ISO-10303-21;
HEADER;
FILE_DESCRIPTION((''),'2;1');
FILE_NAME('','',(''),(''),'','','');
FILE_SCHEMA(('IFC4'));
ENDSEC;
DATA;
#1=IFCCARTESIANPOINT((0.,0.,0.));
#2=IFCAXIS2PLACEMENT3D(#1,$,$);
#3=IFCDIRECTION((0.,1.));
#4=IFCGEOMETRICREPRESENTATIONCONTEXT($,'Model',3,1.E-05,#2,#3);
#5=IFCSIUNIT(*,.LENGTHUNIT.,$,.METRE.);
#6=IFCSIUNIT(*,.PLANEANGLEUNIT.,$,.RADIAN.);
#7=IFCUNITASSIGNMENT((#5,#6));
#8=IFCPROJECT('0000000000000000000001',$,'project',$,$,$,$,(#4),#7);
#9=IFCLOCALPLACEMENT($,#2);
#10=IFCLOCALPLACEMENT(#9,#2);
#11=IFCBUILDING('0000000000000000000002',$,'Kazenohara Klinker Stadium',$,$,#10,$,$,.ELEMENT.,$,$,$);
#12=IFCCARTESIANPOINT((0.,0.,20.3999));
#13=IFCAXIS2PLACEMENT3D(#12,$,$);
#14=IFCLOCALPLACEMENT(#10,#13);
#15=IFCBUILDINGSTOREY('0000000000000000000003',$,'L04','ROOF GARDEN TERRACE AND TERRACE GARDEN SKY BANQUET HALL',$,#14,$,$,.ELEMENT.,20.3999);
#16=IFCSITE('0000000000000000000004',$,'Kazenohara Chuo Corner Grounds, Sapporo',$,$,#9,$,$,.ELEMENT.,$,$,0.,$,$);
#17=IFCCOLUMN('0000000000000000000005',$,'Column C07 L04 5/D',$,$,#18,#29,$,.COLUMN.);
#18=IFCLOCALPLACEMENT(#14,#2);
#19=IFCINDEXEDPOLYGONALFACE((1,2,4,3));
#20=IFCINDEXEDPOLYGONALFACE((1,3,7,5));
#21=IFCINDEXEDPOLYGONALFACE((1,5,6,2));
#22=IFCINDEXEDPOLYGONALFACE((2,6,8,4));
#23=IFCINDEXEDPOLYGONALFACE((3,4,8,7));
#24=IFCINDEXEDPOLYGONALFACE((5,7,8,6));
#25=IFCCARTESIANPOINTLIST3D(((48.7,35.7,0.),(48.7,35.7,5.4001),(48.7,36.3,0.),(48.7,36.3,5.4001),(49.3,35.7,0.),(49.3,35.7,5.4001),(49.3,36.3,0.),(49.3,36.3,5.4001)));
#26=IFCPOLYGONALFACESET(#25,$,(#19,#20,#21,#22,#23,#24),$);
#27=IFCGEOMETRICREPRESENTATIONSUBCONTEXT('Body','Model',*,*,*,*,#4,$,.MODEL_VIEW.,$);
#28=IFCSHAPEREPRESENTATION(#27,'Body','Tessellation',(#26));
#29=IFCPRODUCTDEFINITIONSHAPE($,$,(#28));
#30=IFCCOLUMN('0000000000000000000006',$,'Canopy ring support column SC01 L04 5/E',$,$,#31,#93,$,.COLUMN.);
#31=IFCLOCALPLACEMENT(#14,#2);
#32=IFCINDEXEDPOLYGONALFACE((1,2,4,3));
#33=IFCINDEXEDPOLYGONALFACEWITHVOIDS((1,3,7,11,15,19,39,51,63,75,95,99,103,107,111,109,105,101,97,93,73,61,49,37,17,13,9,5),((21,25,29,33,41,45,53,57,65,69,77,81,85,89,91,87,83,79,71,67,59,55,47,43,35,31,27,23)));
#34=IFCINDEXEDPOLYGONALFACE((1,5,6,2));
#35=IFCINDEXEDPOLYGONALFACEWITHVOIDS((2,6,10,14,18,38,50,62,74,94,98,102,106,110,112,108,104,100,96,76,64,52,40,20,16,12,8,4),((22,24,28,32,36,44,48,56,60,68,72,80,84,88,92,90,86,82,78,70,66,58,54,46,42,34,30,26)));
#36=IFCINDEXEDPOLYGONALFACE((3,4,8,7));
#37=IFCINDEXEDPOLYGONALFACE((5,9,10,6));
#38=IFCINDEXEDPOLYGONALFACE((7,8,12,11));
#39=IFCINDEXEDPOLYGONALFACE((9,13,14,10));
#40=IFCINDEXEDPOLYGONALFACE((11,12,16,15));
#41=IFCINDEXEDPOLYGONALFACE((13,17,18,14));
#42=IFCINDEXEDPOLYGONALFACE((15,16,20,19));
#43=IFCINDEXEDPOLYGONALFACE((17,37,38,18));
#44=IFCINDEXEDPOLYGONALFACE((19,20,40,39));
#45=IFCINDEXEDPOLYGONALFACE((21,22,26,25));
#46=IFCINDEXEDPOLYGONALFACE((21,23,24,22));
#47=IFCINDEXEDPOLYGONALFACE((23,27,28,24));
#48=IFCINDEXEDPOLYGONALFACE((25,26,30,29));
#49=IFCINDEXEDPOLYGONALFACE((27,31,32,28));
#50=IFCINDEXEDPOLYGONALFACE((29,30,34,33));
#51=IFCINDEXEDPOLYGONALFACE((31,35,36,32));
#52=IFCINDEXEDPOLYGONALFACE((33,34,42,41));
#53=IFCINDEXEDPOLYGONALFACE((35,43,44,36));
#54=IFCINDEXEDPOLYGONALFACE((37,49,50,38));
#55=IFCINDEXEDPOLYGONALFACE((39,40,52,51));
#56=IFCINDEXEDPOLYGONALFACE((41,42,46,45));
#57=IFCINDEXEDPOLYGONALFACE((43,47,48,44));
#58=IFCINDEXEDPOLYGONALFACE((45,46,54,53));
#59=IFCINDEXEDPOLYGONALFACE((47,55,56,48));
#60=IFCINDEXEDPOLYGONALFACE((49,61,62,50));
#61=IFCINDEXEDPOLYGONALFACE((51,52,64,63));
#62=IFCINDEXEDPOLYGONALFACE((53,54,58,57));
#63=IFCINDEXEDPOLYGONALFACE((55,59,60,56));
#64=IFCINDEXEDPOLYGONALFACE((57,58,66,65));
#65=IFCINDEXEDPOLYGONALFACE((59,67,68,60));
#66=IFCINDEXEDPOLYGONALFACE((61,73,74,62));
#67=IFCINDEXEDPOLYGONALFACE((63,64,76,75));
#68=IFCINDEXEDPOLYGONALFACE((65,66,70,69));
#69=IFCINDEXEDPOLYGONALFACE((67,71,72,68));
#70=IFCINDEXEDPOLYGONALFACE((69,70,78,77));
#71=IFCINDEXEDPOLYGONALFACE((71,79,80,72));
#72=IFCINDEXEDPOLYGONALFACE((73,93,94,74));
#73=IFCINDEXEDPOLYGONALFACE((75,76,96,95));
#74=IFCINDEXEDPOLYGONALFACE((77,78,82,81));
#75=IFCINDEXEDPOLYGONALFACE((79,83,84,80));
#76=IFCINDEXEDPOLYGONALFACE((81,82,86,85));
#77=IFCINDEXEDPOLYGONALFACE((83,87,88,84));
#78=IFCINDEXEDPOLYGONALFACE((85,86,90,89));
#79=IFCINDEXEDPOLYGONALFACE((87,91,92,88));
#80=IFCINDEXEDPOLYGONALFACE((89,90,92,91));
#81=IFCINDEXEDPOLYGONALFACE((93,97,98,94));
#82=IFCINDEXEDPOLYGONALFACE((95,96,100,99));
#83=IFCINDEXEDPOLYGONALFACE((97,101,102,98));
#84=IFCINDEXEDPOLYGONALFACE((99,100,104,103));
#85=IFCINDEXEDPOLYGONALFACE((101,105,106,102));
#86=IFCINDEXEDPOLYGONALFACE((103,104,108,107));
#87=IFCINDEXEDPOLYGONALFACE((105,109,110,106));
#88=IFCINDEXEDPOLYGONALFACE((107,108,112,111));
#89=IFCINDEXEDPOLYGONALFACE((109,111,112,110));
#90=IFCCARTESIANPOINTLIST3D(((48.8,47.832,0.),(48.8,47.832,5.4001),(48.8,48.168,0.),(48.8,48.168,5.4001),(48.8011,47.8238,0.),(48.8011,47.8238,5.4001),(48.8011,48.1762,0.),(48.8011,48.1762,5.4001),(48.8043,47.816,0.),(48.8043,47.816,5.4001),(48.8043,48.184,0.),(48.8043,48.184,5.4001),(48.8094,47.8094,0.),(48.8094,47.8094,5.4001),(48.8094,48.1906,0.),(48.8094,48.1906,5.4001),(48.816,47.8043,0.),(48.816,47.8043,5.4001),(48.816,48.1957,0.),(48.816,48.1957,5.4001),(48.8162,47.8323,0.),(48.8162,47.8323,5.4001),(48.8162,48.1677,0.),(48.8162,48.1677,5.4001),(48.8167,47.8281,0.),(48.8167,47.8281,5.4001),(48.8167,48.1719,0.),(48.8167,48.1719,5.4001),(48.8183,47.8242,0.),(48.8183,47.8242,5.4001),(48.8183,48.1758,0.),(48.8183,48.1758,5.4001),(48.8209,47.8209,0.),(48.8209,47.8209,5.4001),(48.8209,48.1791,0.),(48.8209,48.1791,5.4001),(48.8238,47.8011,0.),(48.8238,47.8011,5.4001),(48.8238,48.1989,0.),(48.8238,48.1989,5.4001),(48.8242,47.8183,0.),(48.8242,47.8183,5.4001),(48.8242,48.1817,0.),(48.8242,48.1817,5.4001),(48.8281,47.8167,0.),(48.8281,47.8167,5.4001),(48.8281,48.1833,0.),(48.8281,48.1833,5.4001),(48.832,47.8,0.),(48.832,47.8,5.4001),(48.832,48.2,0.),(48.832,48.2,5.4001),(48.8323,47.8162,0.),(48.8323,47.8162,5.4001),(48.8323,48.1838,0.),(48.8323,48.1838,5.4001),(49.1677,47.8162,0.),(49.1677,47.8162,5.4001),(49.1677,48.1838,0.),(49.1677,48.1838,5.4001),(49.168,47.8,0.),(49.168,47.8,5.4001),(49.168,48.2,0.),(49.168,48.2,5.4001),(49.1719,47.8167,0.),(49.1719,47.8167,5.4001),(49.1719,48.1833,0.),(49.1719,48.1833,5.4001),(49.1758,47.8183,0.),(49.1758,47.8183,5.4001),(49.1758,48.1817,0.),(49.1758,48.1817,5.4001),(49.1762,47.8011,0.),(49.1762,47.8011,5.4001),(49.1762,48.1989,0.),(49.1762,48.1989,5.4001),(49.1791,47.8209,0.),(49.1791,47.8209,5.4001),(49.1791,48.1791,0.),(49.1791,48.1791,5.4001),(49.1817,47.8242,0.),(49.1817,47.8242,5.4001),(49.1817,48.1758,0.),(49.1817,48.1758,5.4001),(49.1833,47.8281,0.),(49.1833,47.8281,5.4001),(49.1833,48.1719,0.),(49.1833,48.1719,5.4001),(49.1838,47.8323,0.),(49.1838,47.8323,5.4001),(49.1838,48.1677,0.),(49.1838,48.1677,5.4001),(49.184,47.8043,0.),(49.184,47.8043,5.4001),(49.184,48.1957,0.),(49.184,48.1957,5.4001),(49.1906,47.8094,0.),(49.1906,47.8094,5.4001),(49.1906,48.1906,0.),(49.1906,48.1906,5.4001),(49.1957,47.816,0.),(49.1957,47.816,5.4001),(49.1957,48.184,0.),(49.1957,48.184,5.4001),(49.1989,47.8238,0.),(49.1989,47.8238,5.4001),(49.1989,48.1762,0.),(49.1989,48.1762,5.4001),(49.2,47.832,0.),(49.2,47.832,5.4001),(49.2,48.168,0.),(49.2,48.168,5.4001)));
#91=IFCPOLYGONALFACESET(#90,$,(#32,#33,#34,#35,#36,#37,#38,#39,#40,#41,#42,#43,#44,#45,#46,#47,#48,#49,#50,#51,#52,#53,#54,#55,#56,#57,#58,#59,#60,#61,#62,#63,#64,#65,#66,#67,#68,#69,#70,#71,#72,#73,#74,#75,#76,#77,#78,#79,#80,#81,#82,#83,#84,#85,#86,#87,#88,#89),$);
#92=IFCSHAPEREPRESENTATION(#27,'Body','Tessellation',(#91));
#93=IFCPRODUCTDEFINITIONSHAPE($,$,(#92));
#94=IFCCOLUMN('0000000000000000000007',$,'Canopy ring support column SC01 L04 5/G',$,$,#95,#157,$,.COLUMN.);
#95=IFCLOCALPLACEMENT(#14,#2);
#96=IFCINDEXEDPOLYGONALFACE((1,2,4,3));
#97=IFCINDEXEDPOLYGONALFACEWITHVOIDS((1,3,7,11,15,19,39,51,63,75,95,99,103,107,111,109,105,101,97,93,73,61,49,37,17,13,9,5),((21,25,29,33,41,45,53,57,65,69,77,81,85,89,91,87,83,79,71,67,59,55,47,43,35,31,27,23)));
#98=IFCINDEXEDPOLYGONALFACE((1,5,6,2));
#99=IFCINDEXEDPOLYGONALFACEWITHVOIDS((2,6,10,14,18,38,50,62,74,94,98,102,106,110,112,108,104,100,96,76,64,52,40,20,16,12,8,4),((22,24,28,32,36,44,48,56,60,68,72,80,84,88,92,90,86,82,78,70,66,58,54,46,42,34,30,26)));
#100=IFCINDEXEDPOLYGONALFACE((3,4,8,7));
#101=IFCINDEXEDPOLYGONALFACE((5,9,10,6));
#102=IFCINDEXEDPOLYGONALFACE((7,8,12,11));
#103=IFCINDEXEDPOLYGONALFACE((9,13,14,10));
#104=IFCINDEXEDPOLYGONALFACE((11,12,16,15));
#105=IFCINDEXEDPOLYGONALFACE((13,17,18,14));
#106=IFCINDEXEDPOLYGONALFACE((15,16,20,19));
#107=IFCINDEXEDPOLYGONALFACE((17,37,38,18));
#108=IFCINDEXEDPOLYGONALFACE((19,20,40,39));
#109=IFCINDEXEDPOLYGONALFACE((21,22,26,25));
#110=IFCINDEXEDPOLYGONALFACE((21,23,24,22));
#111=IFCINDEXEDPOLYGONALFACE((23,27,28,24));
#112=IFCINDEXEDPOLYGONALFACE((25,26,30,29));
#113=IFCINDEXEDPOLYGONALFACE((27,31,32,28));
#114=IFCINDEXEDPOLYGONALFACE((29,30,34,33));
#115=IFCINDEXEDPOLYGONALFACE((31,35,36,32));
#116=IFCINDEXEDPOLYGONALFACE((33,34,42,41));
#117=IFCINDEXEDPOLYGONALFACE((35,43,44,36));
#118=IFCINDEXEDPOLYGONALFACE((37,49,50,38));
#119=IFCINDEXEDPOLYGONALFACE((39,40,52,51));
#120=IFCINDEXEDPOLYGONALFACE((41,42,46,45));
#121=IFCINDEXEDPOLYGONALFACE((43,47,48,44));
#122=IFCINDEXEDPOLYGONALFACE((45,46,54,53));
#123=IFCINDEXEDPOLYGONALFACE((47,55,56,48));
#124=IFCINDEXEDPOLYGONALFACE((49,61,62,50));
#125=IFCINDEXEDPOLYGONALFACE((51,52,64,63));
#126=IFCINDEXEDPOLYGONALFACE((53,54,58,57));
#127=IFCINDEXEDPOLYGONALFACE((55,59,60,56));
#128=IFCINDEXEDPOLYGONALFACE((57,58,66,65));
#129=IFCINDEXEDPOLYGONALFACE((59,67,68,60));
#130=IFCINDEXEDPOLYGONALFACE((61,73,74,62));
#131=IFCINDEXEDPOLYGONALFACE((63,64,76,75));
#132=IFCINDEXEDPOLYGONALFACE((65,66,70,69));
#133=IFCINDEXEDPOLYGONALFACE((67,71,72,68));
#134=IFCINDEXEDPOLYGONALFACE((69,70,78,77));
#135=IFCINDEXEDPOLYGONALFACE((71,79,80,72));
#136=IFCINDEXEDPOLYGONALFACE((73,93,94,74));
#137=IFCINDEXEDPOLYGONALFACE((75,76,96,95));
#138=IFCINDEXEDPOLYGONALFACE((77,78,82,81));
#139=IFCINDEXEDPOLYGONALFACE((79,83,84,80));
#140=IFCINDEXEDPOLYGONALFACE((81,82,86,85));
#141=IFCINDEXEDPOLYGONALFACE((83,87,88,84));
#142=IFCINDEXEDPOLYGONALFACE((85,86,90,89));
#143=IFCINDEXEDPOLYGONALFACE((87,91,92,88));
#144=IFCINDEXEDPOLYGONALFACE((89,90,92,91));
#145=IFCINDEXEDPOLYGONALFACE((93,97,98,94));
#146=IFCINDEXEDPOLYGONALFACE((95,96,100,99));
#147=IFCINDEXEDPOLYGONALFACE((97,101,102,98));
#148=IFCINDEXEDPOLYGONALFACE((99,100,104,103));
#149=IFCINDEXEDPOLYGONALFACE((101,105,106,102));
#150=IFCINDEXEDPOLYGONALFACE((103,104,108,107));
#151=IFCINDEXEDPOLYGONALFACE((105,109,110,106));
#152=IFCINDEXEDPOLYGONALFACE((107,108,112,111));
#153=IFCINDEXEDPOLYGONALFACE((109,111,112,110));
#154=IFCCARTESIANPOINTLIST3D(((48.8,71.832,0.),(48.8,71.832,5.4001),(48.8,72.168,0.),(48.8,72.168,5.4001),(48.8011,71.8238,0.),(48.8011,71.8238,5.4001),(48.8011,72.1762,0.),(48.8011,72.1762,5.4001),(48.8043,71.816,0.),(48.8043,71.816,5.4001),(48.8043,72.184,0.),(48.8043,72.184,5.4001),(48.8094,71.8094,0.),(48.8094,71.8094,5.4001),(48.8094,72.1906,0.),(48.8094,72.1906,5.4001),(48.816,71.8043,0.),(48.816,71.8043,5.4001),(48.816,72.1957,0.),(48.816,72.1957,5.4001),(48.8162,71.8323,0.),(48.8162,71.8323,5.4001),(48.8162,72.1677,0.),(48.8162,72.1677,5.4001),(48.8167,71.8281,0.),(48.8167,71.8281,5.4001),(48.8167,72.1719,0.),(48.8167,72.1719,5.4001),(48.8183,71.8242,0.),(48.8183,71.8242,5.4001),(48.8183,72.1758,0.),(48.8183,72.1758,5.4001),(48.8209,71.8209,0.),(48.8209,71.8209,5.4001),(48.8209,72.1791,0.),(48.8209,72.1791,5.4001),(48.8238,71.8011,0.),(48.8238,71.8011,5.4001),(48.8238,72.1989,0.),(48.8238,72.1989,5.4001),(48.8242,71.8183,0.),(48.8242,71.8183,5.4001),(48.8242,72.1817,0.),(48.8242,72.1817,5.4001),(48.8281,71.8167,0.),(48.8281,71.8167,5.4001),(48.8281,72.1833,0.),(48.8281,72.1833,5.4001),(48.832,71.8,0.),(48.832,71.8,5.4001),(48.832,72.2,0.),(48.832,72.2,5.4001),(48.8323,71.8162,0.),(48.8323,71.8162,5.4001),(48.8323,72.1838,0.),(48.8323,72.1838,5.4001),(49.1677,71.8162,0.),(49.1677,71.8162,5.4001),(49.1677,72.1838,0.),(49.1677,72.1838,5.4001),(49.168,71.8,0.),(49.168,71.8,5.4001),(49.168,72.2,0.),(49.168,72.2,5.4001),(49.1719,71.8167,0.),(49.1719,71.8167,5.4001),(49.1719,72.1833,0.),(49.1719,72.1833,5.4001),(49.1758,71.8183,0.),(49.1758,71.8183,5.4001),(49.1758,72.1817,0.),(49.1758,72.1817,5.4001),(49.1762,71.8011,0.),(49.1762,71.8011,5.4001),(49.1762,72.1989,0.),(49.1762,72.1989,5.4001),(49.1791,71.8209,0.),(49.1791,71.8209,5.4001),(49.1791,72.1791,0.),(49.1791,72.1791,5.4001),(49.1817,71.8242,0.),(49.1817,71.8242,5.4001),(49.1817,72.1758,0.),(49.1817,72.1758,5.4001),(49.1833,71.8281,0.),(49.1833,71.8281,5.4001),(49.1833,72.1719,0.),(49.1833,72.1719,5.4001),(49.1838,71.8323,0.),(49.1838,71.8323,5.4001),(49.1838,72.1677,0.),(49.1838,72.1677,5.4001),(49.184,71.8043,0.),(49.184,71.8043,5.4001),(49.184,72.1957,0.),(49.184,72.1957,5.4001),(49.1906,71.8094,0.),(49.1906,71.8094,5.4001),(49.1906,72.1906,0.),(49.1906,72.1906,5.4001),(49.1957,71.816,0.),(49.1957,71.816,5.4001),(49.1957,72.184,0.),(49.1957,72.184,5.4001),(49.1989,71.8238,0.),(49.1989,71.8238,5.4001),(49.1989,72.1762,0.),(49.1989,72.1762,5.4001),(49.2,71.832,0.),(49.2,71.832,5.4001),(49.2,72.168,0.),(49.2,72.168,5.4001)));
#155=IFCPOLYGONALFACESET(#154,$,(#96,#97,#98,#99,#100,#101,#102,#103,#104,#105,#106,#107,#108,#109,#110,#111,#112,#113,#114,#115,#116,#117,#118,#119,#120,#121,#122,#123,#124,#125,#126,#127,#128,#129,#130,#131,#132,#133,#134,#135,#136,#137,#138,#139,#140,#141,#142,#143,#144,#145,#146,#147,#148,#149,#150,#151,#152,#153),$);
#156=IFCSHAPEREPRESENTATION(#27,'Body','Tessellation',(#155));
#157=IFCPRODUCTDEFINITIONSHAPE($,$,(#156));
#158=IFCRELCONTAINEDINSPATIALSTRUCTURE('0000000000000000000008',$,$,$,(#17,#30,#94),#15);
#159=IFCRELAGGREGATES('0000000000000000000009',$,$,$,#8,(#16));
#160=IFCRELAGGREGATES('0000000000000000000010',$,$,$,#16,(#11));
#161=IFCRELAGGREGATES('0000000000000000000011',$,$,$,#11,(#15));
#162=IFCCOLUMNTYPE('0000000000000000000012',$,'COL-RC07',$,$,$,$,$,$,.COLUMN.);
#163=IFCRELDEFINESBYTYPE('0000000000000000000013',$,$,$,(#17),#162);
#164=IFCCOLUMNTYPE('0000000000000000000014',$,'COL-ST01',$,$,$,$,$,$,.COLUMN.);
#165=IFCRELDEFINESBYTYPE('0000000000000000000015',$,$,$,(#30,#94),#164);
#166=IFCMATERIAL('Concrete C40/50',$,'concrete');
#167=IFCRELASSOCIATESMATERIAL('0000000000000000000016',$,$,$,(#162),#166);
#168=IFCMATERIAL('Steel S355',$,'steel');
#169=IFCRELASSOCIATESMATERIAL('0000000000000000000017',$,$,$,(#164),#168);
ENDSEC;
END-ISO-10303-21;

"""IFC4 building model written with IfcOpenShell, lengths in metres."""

from ifc_helpers import new_model, si_unit, direction, frame, origin, origin_2d, place, context, subcontext, project, spatial, rectangle, hollow_rectangle, extrude, material, material_profile, profile_set, type_object, element, save


model = new_model("IFC4")

# Units and contexts
model_context = context("Model", 3, precision=1e-05, world=origin(), true_north=direction((0.0, 1.0)))
body_context = subcontext(model_context, "Body", "Model", "MODEL_VIEW")
ifc_project = project(units=[si_unit("LENGTHUNIT", "METRE"), si_unit("PLANEANGLEUNIT", "RADIAN")], contexts=[model_context])

# Site, building, storey
site_placement = place(None, origin())
site = spatial("IfcSite", under=ifc_project, at=site_placement, Name="Kazenohara Chuo Corner Grounds, Sapporo", CompositionType="ELEMENT", RefElevation=0.0)
building_placement = place(site_placement, origin())
building = spatial("IfcBuilding", under=site, at=building_placement, Name="Kazenohara Klinker Stadium", CompositionType="ELEMENT")
storey_placement = place(building_placement, frame((0.0, 0.0, 20.3999)))
storey = spatial("IfcBuildingStorey", under=building, at=storey_placement, Name="L04", Description="ROOF GARDEN TERRACE AND TERRACE GARDEN SKY BANQUET HALL", CompositionType="ELEMENT", Elevation=20.3999)

# Columns
ifc_material_1 = material(Name="Concrete C40/50", Category="concrete")
ifc_material_profile_1 = material_profile(ifc_material_1, rectangle(XDim=0.6001, YDim=0.6001, at=origin_2d()), Name="RC-COL-600x600")
ifc_profile_set_1 = profile_set([ifc_material_profile_1], Name="Concrete C40/50")
column_type_1 = type_object("IfcColumnType", Name="COL-RC07", PredefinedType="COLUMN", material=ifc_profile_set_1)
column_1_placement = place(storey_placement, frame((49.0, 36.0, 0.0), z_axis=(0.0, 0.0, 1.0), x_axis=(1.0, 0.0, 0.0)))
element("IfcColumn", 1, at=column_1_placement, inside=storey, type_object=column_type_1, Name="Column C07 L04 5/D", PredefinedType="COLUMN", context=body_context, shape_type="SweptSolid", body=[
    extrude(rectangle(XDim=0.6001, YDim=0.6001, at=origin_2d()), origin(), (0.0, 0.0, 1.0), 5.4001),
])
ifc_material_2 = material(Name="Steel S355", Category="steel")
ifc_material_profile_2 = material_profile(ifc_material_2, hollow_rectangle(XDim=0.3999, YDim=0.3999, WallThickness=0.0161, InnerFilletRadius=0.0161, OuterFilletRadius=0.032, at=origin_2d()), Name="SHS-400x400x16")
ifc_profile_set_2 = profile_set([ifc_material_profile_2], Name="Steel S355")
column_type_2 = type_object("IfcColumnType", Name="COL-ST01", PredefinedType="COLUMN", material=ifc_profile_set_2)
for number, where, z_axis, x_axis, name in (
    (2, (49.0, 48.0, 0.0), (0.0, 0.0, 1.0), (1.0, 0.0, 0.0), "Canopy ring support column SC01 L04 5/E"),
    (3, (49.0, 72.0, 0.0), (0.0, 0.0, 1.0), (1.0, 0.0, 0.0), "Canopy ring support column SC01 L04 5/G"),
):
    element("IfcColumn", number, at=place(storey_placement, frame(where, z_axis=z_axis, x_axis=x_axis)), inside=storey, type_object=column_type_2, Name=name, PredefinedType="COLUMN", context=body_context, shape_type="SweptSolid", body=[
        extrude(hollow_rectangle(XDim=0.3999, YDim=0.3999, WallThickness=0.0161, InnerFilletRadius=0.0161, OuterFilletRadius=0.032, at=origin_2d()), origin(), (0.0, 0.0, 1.0), 5.4001),
    ])

save(model, "model.ifc")
